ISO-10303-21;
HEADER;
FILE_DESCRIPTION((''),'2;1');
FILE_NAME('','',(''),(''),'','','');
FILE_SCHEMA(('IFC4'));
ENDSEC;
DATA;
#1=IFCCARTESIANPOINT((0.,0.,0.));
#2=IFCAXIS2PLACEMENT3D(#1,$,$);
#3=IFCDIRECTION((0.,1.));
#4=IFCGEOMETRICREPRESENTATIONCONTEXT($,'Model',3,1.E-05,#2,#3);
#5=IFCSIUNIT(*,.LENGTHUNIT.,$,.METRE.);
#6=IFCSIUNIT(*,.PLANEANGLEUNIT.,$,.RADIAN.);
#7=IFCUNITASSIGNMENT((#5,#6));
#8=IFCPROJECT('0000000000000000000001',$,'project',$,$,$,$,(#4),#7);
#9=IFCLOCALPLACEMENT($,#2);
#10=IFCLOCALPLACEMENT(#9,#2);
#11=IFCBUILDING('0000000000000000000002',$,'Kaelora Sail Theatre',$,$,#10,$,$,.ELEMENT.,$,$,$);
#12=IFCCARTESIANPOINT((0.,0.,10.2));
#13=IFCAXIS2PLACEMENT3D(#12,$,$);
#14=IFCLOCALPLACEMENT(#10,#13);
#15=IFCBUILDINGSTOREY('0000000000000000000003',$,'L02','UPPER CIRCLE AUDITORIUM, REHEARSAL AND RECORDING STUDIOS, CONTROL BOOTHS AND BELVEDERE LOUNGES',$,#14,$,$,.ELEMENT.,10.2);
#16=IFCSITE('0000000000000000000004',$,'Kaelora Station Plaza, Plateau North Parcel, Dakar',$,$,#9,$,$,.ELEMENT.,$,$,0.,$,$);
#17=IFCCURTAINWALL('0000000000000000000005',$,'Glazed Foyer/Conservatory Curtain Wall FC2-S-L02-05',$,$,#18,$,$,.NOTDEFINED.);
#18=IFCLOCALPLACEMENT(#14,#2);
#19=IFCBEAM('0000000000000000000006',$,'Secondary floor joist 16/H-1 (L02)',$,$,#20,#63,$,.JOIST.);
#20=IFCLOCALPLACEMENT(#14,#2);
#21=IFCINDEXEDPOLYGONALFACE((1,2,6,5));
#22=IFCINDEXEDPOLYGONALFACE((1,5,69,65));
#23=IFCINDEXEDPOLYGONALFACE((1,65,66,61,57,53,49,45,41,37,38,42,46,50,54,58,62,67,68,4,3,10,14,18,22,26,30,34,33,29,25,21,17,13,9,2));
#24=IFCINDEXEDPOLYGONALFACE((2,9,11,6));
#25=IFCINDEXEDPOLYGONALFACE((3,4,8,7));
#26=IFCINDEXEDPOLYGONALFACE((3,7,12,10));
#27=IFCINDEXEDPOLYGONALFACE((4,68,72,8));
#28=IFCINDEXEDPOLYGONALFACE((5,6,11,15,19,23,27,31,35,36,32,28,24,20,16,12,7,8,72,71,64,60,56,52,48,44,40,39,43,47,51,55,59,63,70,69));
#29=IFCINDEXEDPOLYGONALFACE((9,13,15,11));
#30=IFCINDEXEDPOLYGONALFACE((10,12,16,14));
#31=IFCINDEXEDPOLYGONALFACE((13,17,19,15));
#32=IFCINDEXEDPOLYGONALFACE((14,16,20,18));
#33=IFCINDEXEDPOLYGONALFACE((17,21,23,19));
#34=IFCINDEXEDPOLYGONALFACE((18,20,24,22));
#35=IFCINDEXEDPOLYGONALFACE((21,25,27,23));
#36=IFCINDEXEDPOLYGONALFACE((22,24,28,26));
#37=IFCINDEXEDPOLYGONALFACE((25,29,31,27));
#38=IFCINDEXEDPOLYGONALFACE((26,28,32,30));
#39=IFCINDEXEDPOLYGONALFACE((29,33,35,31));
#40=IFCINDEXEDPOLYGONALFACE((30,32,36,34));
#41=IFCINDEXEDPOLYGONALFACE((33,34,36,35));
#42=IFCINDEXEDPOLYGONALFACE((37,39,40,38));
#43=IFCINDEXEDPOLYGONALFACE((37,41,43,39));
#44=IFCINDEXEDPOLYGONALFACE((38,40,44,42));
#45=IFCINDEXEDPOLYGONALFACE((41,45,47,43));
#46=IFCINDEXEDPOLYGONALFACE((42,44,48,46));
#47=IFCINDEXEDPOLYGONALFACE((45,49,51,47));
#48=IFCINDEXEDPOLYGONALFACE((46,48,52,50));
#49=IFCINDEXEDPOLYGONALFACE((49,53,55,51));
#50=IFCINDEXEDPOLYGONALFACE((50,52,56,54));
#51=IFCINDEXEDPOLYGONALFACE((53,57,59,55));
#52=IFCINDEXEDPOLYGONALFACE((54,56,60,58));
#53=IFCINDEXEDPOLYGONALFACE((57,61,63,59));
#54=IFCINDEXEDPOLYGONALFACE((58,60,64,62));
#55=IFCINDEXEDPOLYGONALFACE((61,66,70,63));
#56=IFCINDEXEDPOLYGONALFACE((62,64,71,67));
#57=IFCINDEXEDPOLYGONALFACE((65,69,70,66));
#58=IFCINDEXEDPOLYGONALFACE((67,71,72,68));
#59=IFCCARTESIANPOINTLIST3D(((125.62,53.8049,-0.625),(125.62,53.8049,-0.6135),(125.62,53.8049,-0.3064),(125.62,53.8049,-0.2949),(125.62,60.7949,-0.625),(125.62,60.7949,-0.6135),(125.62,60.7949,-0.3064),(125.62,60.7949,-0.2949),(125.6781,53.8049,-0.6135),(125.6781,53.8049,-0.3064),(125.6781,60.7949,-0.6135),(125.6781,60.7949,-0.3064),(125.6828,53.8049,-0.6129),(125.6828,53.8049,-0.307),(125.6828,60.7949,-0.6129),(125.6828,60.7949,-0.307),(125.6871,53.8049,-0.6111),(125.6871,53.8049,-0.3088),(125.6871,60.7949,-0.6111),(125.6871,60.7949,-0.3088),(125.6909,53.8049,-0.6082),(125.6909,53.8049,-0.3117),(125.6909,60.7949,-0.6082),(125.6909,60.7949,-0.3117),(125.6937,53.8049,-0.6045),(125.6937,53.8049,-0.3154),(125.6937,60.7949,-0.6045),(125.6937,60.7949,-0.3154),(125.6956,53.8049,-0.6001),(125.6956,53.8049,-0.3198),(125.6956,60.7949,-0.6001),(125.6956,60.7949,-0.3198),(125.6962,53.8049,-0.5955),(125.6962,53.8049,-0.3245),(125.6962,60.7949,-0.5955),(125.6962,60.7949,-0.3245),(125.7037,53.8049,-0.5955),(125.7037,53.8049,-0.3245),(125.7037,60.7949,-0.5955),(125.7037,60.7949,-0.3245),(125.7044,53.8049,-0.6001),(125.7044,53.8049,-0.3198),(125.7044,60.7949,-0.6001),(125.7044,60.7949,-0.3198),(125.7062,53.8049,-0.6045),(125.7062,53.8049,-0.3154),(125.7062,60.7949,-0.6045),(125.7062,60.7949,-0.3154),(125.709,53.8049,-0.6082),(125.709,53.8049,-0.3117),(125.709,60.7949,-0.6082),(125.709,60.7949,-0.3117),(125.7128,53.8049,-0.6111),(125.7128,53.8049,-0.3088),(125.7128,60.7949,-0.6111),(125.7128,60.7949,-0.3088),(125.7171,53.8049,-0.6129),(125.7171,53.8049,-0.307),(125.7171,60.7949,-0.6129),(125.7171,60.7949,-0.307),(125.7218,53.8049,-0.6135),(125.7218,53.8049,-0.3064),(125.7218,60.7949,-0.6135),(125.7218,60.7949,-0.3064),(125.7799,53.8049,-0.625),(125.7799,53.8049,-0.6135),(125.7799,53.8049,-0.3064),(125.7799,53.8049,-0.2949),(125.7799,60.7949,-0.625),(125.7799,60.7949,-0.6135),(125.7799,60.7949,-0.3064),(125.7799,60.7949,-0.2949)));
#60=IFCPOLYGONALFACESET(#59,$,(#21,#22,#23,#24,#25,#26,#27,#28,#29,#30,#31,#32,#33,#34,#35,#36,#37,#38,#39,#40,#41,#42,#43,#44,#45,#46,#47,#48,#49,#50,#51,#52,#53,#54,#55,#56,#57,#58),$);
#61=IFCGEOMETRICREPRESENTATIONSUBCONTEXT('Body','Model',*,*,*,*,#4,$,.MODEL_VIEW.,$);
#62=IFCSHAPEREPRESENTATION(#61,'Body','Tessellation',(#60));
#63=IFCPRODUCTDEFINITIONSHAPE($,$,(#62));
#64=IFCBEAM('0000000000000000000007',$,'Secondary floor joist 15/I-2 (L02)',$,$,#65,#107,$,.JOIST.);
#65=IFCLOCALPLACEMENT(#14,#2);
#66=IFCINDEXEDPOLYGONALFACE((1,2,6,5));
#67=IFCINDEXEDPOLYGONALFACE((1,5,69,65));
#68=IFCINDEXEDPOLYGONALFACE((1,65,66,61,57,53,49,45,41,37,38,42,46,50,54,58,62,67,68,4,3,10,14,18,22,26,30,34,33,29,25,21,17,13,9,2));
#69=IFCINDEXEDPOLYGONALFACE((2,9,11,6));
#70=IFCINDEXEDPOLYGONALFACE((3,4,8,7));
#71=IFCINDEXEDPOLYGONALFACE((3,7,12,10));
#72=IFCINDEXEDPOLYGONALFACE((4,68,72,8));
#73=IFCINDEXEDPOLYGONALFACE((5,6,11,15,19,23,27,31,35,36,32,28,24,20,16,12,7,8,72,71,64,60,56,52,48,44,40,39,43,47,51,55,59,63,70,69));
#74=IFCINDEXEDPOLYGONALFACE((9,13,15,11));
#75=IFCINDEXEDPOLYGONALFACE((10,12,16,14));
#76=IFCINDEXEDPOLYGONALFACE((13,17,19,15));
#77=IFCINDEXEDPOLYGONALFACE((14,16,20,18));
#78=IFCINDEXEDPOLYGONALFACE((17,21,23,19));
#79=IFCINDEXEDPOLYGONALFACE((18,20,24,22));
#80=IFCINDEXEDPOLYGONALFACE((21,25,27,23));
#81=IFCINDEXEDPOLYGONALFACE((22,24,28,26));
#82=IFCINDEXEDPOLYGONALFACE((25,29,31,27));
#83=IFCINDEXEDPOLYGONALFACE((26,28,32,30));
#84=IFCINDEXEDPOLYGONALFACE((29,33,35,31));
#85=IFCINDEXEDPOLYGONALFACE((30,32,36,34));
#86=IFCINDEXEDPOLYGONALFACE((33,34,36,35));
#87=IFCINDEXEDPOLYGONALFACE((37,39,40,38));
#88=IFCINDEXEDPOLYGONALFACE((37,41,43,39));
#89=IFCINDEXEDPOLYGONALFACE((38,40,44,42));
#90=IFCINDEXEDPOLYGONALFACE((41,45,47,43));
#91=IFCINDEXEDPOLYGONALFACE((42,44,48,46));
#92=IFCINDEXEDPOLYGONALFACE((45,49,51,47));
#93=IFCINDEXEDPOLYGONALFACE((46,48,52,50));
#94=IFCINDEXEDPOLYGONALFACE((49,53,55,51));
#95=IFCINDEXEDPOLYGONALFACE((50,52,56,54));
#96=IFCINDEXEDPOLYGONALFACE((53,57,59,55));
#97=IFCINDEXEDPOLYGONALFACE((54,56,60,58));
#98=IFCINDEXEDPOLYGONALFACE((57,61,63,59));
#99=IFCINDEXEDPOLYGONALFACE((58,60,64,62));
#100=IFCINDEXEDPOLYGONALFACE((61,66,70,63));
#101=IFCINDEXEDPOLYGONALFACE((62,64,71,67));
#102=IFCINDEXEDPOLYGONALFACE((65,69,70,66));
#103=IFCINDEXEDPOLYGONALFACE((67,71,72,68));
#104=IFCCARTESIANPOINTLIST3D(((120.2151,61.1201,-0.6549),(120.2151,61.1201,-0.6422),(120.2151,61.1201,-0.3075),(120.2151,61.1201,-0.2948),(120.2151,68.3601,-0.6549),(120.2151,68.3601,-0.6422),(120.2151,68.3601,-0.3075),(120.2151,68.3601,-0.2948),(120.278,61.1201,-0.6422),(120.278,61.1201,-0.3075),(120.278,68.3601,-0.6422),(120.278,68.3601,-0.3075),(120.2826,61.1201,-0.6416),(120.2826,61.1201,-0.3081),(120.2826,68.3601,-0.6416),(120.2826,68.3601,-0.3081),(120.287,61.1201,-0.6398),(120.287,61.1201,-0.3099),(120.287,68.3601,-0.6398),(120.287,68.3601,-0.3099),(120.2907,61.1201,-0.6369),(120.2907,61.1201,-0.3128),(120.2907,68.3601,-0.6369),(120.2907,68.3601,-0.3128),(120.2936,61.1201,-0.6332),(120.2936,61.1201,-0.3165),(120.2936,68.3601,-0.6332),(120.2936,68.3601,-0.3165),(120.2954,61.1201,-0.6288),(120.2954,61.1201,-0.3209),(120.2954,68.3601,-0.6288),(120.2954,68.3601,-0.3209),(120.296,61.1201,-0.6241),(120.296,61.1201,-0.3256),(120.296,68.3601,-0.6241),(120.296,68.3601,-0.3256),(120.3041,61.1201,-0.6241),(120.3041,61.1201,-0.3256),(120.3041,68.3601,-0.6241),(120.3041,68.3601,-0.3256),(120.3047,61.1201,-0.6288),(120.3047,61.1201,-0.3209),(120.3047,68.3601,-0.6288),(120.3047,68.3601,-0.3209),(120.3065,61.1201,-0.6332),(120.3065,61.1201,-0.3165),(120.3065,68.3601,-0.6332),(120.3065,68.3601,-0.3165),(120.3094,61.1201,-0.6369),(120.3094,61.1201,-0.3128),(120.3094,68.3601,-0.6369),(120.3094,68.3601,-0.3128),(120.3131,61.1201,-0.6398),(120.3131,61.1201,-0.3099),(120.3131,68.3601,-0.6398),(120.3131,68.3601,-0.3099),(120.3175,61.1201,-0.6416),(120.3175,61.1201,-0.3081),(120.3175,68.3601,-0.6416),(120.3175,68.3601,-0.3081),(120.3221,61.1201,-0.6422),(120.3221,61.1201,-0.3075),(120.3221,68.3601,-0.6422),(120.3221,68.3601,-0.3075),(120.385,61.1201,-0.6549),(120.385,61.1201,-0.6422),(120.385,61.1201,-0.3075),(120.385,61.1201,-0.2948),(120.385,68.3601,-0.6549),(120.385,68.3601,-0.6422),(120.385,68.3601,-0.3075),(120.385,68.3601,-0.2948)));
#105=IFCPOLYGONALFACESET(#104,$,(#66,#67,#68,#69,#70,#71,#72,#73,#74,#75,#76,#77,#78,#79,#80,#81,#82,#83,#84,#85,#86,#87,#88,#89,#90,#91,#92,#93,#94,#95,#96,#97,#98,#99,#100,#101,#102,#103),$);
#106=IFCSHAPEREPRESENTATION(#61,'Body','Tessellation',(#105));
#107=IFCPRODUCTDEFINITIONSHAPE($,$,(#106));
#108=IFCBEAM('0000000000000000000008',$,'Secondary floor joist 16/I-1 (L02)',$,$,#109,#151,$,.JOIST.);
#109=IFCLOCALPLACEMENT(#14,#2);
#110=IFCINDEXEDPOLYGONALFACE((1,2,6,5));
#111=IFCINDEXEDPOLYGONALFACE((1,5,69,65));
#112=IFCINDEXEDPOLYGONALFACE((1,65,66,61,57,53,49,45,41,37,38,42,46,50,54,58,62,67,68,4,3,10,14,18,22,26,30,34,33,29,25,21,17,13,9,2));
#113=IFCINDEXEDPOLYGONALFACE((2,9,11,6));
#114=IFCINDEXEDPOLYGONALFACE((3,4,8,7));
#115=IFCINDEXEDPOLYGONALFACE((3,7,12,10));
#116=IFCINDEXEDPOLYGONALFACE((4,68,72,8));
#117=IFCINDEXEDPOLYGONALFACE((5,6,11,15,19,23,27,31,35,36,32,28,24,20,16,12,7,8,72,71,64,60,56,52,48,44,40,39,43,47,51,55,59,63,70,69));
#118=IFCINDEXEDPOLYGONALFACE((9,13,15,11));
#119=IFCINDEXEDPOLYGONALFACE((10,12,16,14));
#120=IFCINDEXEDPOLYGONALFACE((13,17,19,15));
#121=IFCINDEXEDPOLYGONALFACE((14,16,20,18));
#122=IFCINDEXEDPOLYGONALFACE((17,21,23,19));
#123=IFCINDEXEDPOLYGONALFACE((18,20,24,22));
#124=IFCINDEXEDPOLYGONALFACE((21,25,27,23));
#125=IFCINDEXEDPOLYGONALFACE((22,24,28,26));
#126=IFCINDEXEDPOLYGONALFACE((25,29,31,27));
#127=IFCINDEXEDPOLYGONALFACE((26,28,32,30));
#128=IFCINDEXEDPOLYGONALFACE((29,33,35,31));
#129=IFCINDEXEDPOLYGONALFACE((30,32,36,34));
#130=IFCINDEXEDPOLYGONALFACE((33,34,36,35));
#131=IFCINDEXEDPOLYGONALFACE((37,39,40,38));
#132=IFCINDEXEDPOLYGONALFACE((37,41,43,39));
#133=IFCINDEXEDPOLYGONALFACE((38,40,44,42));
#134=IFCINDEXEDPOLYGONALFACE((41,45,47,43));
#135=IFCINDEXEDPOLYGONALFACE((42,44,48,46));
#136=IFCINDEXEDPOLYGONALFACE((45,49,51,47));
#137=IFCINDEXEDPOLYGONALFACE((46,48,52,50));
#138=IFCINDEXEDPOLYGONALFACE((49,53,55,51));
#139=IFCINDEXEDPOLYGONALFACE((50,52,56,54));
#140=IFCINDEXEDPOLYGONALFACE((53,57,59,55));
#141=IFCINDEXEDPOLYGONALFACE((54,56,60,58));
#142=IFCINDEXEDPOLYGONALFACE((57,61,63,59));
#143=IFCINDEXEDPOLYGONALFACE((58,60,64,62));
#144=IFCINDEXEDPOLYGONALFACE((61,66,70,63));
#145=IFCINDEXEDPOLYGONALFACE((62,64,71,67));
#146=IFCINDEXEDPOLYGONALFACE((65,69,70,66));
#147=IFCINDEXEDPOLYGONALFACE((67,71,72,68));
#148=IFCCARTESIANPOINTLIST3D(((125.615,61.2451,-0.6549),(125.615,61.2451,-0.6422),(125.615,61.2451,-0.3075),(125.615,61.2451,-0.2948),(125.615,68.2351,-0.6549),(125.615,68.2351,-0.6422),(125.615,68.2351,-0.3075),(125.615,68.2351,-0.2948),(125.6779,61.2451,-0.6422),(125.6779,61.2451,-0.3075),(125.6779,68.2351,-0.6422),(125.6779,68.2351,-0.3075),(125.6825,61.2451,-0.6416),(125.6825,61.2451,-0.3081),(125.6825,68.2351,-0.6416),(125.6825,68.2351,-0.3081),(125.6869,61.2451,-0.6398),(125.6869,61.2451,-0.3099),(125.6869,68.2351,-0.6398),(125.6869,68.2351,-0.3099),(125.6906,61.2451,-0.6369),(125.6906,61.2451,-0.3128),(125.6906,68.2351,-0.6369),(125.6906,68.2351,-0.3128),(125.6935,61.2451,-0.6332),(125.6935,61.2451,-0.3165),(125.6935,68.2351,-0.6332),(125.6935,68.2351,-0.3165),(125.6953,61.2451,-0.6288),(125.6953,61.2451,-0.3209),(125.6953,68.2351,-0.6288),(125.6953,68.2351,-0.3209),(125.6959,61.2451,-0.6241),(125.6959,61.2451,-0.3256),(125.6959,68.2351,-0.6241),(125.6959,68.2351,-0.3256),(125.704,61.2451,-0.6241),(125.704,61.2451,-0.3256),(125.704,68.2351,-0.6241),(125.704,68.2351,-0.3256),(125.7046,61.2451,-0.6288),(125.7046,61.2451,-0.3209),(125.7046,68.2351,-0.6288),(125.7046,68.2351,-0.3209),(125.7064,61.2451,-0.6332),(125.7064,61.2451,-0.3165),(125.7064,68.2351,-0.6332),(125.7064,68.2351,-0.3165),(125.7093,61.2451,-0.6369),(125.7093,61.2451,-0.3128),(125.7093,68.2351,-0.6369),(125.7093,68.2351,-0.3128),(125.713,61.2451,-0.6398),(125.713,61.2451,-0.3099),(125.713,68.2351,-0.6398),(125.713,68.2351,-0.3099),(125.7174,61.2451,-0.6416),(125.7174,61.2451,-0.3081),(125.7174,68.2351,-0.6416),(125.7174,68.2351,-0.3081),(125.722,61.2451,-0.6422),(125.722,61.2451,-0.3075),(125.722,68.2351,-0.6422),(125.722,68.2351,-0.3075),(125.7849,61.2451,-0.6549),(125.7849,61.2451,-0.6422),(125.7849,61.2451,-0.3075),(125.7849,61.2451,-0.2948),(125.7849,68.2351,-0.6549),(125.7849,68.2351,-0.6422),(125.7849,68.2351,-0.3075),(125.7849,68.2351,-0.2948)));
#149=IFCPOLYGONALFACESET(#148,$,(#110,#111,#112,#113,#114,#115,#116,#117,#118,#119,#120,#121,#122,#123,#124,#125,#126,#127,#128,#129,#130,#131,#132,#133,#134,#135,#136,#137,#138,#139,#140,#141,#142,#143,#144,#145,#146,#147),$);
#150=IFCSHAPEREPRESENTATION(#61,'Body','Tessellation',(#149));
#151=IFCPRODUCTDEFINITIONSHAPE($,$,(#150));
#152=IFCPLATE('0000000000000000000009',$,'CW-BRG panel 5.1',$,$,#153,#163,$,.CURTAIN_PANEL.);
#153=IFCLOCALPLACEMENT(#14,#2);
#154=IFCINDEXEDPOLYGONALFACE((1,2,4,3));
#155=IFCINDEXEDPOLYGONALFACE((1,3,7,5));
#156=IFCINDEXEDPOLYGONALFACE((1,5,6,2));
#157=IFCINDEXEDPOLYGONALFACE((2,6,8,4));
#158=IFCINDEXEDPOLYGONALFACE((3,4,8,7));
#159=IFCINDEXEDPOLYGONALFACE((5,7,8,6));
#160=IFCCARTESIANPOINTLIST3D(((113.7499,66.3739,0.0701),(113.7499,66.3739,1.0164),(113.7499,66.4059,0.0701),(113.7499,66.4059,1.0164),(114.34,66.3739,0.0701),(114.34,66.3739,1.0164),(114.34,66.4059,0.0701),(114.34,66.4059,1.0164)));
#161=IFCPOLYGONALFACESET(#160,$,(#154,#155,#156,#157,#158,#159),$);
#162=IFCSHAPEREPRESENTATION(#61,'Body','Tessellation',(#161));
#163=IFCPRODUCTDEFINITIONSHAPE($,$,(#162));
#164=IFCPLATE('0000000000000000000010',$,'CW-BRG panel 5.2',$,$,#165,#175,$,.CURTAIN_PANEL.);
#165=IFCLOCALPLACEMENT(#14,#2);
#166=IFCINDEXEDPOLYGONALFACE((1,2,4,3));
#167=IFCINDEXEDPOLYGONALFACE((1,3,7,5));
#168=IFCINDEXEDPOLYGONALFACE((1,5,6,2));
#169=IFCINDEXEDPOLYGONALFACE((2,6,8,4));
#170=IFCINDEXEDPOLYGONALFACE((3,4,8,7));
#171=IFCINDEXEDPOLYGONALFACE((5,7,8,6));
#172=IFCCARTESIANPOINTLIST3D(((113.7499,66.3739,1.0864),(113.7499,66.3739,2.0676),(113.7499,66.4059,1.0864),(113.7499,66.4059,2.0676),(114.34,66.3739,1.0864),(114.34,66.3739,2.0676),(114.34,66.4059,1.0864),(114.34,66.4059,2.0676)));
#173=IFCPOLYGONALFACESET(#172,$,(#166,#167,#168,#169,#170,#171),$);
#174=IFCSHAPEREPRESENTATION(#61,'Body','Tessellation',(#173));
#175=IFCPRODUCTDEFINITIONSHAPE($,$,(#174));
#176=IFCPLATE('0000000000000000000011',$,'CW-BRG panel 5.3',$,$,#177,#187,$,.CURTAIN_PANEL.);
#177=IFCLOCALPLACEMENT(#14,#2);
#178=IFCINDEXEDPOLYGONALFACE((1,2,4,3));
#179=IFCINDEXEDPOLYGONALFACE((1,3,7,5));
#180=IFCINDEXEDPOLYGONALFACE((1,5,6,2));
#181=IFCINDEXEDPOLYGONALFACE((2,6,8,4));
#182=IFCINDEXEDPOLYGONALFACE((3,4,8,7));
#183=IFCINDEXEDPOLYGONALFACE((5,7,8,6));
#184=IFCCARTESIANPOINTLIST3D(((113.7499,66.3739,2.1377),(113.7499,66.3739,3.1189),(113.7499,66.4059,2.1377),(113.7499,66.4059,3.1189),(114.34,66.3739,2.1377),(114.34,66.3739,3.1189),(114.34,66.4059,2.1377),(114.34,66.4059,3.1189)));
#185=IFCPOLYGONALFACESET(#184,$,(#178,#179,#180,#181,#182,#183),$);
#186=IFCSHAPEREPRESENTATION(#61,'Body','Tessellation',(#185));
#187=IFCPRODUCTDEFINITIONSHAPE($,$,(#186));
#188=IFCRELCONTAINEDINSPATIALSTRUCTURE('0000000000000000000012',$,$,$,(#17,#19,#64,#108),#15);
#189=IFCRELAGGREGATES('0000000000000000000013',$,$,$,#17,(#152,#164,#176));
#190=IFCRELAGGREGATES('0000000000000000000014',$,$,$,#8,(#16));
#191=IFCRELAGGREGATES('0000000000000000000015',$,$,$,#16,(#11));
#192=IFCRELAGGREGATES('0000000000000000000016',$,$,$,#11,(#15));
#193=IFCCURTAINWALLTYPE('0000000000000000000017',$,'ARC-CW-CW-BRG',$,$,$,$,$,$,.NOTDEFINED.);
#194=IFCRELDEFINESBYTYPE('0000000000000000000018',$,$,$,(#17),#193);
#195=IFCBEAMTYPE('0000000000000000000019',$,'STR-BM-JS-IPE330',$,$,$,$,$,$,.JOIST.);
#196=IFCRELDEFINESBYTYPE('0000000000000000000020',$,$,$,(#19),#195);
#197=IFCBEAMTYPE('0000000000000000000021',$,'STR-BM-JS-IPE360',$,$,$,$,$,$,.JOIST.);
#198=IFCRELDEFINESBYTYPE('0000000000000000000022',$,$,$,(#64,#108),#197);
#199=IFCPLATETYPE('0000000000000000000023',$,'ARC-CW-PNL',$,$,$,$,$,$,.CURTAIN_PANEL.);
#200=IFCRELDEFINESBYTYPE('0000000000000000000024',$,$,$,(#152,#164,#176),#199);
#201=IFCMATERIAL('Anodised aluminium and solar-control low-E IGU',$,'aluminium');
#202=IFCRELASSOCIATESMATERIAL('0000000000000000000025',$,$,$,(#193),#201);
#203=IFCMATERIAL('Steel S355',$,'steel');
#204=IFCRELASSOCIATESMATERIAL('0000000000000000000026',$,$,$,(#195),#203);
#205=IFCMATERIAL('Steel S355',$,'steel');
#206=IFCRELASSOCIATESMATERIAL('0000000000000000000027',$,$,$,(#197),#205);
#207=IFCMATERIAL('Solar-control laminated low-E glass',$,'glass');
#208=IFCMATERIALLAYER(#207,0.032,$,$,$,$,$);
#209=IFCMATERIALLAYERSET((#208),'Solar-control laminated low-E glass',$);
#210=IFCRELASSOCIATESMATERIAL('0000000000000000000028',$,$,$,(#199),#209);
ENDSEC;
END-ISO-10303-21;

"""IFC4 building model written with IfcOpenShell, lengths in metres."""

from ifc_helpers import new_model, si_unit, direction, frame, origin, origin_2d, place, context, subcontext, project, spatial, rectangle, i_section, extrude, material, layer, layer_set, material_profile, profile_set, type_object, element, aggregate, save


model = new_model("IFC4")

# Units and contexts
model_context = context("Model", 3, precision=1e-05, world=origin(), true_north=direction((0.0, 1.0)))
body_context = subcontext(model_context, "Body", "Model", "MODEL_VIEW")
ifc_project = project(units=[si_unit("LENGTHUNIT", "METRE"), si_unit("PLANEANGLEUNIT", "RADIAN")], contexts=[model_context])

# Site, building, storey
site_placement = place(None, origin())
site = spatial("IfcSite", under=ifc_project, at=site_placement, Name="Kaelora Station Plaza, Plateau North Parcel, Dakar", CompositionType="ELEMENT", RefElevation=0.0)
building_placement = place(site_placement, origin())
building = spatial("IfcBuilding", under=site, at=building_placement, Name="Kaelora Sail Theatre", CompositionType="ELEMENT")
storey_placement = place(building_placement, frame((0.0, 0.0, 10.2)))
storey = spatial("IfcBuildingStorey", under=building, at=storey_placement, Name="L02", Description="UPPER CIRCLE AUDITORIUM, REHEARSAL AND RECORDING STUDIOS, CONTROL BOOTHS AND BELVEDERE LOUNGES", CompositionType="ELEMENT", Elevation=10.2)

# Curtain wall
ifc_material_1 = material(Name="Anodised aluminium and solar-control low-E IGU", Category="aluminium")
curtain_wall_type = type_object("IfcCurtainWallType", Name="ARC-CW-CW-BRG", PredefinedType="NOTDEFINED", material=ifc_material_1)
curtain_wall_1_placement = place(storey_placement, origin())
curtain_wall_1 = element("IfcCurtainWall", 1, at=curtain_wall_1_placement, inside=storey, type_object=curtain_wall_type, Name="Glazed Foyer/Conservatory Curtain Wall FC2-S-L02-05", PredefinedType="NOTDEFINED")

# Beams
ifc_material_2 = material(Name="Steel S355", Category="steel")
ifc_material_profile_1 = material_profile(ifc_material_2, i_section(OverallWidth=0.1599, OverallDepth=0.3301, WebThickness=0.0076, FlangeThickness=0.0115, FilletRadius=0.0181, at=origin_2d()), Name="IPE 330")
ifc_profile_set_1 = profile_set([ifc_material_profile_1], Name="Steel S355")
beam_type_1 = type_object("IfcBeamType", Name="STR-BM-JS-IPE330", PredefinedType="JOIST", material=ifc_profile_set_1)
beam_1_placement = place(storey_placement, frame((125.7, 53.8049, -0.46), z_axis=(0.0, 1.0, 0.0), x_axis=(-1.0, 0.0, 0.0)))
element("IfcBeam", 2, at=beam_1_placement, inside=storey, type_object=beam_type_1, Name="Secondary floor joist 16/H-1 (L02)", PredefinedType="JOIST", context=body_context, shape_type="SweptSolid", body=[
    extrude(i_section(OverallWidth=0.1599, OverallDepth=0.3301, WebThickness=0.0076, FlangeThickness=0.0115, FilletRadius=0.0181, at=origin_2d()), origin(), (0.0, 0.0, 1.0), 6.99),
])
ifc_material_3 = material(Name="Steel S355", Category="steel")
ifc_material_profile_2 = material_profile(ifc_material_3, i_section(OverallWidth=0.1699, OverallDepth=0.3601, WebThickness=0.0081, FlangeThickness=0.0127, FilletRadius=0.0181, at=origin_2d()), Name="IPE 360")
ifc_profile_set_2 = profile_set([ifc_material_profile_2], Name="Steel S355")
beam_type_2 = type_object("IfcBeamType", Name="STR-BM-JS-IPE360", PredefinedType="JOIST", material=ifc_profile_set_2)
beam_2_placement = place(storey_placement, frame((120.3, 61.1201, -0.4749), z_axis=(0.0, 1.0, 0.0), x_axis=(-1.0, 0.0, 0.0)))
element("IfcBeam", 3, at=beam_2_placement, inside=storey, type_object=beam_type_2, Name="Secondary floor joist 15/I-2 (L02)", PredefinedType="JOIST", context=body_context, shape_type="SweptSolid", body=[
    extrude(i_section(OverallWidth=0.1699, OverallDepth=0.3601, WebThickness=0.0081, FlangeThickness=0.0127, FilletRadius=0.0181, at=origin_2d()), origin(), (0.0, 0.0, 1.0), 7.24),
])
beam_3_placement = place(storey_placement, frame((125.7, 61.2451, -0.4749), z_axis=(0.0, 1.0, 0.0), x_axis=(-1.0, 0.0, 0.0)))
element("IfcBeam", 4, at=beam_3_placement, inside=storey, type_object=beam_type_2, Name="Secondary floor joist 16/I-1 (L02)", PredefinedType="JOIST", context=body_context, shape_type="SweptSolid", body=[
    extrude(i_section(OverallWidth=0.1699, OverallDepth=0.3601, WebThickness=0.0081, FlangeThickness=0.0127, FilletRadius=0.0181, at=origin_2d()), origin(), (0.0, 0.0, 1.0), 6.99),
])

# Plates
ifc_material_4 = material(Name="Solar-control laminated low-E glass", Category="glass")
ifc_layer = layer(ifc_material_4, 0.032)
ifc_layer_set = layer_set([ifc_layer], Name="Solar-control laminated low-E glass")
plate_type = type_object("IfcPlateType", Name="ARC-CW-PNL", PredefinedType="CURTAIN_PANEL", material=ifc_layer_set)
plate_1_placement = place(storey_placement, frame((114.0449, 66.3899, 0.0701), z_axis=(0.0, 0.0, 1.0), x_axis=(1.0, 0.0, 0.0)))
plate_1 = element("IfcPlate", 5, at=plate_1_placement, type_object=plate_type, Name="CW-BRG panel 5.1", PredefinedType="CURTAIN_PANEL", context=body_context, shape_type="SweptSolid", body=[
    extrude(rectangle(XDim=0.5901, YDim=0.032, at=origin_2d()), origin(), (0.0, 0.0, 1.0), 0.9463),
])
plate_2_placement = place(storey_placement, frame((114.0449, 66.3899, 1.0864), z_axis=(0.0, 0.0, 1.0), x_axis=(1.0, 0.0, 0.0)))
plate_2 = element("IfcPlate", 6, at=plate_2_placement, type_object=plate_type, Name="CW-BRG panel 5.2", PredefinedType="CURTAIN_PANEL", context=body_context, shape_type="SweptSolid", body=[
    extrude(rectangle(XDim=0.5901, YDim=0.032, at=origin_2d()), origin(), (0.0, 0.0, 1.0), 0.9812),
])
plate_3_placement = place(storey_placement, frame((114.0449, 66.3899, 2.1377), z_axis=(0.0, 0.0, 1.0), x_axis=(1.0, 0.0, 0.0)))
plate_3 = element("IfcPlate", 7, at=plate_3_placement, type_object=plate_type, Name="CW-BRG panel 5.3", PredefinedType="CURTAIN_PANEL", context=body_context, shape_type="SweptSolid", body=[
    extrude(rectangle(XDim=0.5901, YDim=0.032, at=origin_2d()), origin(), (0.0, 0.0, 1.0), 0.9812),
])
aggregate(curtain_wall_1, [plate_1, plate_2, plate_3])

save(model, "model.ifc")
